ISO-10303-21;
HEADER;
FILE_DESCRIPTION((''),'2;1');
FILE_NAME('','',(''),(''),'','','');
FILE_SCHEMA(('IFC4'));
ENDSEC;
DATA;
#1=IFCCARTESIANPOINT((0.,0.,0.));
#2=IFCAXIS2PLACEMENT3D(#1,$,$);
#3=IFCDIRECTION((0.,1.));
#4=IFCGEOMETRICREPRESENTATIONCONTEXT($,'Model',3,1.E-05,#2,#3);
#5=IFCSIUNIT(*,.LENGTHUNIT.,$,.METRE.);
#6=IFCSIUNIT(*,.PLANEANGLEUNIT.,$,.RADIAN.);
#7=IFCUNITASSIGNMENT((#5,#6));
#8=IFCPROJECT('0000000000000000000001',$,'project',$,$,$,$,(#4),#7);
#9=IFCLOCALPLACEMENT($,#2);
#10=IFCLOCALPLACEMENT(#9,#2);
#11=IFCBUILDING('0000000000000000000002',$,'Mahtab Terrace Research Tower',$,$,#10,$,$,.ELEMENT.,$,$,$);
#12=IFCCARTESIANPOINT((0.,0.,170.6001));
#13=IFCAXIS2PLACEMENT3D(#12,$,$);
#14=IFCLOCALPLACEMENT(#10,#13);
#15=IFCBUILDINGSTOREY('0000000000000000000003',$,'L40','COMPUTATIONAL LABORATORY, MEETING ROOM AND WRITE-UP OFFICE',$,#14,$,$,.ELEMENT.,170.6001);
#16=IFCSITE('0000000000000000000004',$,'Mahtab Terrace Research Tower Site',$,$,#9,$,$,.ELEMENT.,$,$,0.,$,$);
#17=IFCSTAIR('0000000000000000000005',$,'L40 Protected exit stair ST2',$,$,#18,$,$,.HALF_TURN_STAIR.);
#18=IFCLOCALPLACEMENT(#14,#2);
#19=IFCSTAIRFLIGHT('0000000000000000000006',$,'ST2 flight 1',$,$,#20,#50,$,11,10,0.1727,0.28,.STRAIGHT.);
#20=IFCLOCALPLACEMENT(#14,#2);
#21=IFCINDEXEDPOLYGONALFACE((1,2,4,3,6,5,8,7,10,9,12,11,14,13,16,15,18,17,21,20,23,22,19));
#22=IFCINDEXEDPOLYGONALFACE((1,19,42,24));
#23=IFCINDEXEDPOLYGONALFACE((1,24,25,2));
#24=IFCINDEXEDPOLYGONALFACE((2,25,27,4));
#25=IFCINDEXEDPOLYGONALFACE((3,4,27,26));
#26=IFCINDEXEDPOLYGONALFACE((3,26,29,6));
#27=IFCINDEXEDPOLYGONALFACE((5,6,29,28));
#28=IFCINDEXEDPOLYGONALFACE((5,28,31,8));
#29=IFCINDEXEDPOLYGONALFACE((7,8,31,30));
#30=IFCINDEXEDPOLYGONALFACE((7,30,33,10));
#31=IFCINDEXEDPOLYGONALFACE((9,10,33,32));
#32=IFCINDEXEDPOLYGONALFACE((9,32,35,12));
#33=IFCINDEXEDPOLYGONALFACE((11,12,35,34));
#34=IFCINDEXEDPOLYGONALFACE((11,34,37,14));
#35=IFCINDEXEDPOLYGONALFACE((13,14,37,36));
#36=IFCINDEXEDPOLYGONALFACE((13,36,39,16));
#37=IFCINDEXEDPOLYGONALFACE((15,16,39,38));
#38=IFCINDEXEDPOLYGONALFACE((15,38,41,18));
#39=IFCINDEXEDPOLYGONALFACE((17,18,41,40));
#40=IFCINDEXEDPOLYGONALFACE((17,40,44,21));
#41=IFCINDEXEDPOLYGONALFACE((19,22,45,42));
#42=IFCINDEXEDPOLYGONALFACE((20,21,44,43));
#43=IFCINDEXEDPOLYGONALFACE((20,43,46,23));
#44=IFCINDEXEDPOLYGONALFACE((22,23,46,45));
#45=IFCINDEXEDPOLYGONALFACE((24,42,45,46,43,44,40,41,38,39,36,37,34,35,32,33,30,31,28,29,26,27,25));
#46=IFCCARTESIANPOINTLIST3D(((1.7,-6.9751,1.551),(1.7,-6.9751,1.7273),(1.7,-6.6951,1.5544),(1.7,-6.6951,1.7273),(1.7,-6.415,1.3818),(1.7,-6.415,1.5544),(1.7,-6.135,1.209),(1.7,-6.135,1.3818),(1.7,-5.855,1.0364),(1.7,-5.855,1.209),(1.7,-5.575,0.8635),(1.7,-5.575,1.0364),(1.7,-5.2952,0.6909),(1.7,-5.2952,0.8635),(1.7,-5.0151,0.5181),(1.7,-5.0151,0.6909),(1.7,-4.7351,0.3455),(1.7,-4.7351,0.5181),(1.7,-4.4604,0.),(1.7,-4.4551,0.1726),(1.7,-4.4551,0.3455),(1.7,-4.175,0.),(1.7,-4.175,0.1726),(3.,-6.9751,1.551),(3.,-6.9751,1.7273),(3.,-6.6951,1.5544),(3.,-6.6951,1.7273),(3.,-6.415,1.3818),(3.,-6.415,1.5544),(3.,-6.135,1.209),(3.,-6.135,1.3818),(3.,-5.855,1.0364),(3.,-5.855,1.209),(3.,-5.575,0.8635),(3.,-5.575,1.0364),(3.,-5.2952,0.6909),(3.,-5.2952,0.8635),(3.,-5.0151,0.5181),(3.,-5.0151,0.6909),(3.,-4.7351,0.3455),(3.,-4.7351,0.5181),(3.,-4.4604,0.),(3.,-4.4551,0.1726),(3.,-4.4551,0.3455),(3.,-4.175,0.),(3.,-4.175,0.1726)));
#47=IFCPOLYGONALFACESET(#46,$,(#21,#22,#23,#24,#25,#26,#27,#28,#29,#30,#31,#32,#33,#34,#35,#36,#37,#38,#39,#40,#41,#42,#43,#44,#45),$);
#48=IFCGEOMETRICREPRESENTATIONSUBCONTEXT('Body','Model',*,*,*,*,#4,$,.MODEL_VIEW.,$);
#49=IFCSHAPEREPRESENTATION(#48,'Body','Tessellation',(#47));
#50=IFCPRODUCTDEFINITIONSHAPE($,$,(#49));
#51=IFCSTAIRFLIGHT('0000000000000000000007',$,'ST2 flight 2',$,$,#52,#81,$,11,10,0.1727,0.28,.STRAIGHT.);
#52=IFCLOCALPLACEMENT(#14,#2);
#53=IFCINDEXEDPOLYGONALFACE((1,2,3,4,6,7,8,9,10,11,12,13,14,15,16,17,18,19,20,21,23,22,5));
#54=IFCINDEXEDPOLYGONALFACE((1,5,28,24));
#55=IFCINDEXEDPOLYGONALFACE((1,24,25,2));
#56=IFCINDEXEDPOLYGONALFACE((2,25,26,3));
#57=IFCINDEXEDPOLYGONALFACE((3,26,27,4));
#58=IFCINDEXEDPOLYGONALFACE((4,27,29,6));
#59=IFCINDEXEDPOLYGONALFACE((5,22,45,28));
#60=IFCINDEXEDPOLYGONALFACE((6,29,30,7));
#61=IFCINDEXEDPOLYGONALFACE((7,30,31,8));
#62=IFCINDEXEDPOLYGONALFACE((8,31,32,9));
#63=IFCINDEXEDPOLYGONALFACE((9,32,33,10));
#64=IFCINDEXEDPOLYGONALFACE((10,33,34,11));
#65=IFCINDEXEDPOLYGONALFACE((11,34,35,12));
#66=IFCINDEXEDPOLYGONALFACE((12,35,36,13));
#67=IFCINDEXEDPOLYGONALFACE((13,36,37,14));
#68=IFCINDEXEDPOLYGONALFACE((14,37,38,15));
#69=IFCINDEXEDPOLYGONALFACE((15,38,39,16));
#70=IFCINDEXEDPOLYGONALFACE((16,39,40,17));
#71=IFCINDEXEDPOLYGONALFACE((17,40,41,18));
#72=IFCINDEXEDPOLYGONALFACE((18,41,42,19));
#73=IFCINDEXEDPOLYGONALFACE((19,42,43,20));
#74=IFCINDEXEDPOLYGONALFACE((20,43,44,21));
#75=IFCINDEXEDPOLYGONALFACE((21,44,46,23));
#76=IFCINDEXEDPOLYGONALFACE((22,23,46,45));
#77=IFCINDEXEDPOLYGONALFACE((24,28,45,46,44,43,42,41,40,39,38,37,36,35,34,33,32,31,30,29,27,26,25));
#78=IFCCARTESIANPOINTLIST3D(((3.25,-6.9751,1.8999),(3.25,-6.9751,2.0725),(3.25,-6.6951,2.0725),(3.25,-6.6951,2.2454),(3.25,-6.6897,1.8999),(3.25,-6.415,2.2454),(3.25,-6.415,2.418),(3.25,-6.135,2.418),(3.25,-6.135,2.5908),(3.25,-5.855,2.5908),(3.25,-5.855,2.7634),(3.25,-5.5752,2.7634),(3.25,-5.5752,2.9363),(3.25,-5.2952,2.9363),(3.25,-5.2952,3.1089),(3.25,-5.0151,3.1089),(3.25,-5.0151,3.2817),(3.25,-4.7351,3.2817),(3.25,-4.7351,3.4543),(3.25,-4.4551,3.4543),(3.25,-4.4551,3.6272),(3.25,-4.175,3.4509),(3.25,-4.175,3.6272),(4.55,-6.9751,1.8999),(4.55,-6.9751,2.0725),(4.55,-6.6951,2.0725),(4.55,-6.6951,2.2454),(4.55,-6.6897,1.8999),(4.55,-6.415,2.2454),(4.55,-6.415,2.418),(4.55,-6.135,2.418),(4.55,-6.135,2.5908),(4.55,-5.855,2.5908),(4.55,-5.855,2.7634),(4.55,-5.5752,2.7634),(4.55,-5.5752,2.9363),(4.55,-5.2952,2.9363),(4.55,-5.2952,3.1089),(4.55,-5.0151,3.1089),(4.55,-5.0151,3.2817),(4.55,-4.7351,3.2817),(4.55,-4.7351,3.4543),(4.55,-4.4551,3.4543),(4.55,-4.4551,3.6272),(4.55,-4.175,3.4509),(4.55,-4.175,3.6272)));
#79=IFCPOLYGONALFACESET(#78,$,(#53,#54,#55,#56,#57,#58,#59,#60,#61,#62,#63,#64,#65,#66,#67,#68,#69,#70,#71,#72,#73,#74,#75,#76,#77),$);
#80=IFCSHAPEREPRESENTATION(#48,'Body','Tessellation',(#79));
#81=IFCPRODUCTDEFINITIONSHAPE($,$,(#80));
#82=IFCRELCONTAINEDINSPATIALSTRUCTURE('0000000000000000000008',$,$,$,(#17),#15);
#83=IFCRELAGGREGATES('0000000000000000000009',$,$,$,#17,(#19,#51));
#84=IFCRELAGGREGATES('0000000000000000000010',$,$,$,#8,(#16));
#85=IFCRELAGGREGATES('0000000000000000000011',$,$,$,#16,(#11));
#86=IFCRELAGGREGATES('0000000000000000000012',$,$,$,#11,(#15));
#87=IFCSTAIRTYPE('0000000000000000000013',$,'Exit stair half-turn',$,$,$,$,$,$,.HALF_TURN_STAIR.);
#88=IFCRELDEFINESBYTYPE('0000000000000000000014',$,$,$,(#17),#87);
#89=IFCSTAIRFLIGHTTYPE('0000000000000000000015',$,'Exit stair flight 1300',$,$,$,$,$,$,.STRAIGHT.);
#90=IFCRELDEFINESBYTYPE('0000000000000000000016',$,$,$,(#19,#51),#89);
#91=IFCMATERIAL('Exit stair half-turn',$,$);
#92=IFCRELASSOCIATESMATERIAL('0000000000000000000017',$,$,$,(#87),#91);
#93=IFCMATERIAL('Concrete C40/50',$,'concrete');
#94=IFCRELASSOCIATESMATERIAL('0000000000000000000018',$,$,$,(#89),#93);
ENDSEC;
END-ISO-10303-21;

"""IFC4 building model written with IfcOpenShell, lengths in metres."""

from ifc_helpers import new_model, si_unit, direction, frame, origin, place, context, subcontext, project, spatial, polyline, outline, extrude, material, type_object, element, aggregate, save


model = new_model("IFC4")

# Units and contexts
model_context = context("Model", 3, precision=1e-05, world=origin(), true_north=direction((0.0, 1.0)))
body_context = subcontext(model_context, "Body", "Model", "MODEL_VIEW")
ifc_project = project(units=[si_unit("LENGTHUNIT", "METRE"), si_unit("PLANEANGLEUNIT", "RADIAN")], contexts=[model_context])

# Site, building, storey
site_placement = place(None, origin())
site = spatial("IfcSite", under=ifc_project, at=site_placement, Name="Mahtab Terrace Research Tower Site", CompositionType="ELEMENT", RefElevation=0.0)
building_placement = place(site_placement, origin())
building = spatial("IfcBuilding", under=site, at=building_placement, Name="Mahtab Terrace Research Tower", CompositionType="ELEMENT")
storey_placement = place(building_placement, frame((0.0, 0.0, 170.6001)))
storey = spatial("IfcBuildingStorey", under=building, at=storey_placement, Name="L40", Description="COMPUTATIONAL LABORATORY, MEETING ROOM AND WRITE-UP OFFICE", CompositionType="ELEMENT", Elevation=170.6001)

# Stair, stair flights
ifc_material_1 = material(Name="Exit stair half-turn")
stair_type = type_object("IfcStairType", Name="Exit stair half-turn", PredefinedType="HALF_TURN_STAIR", material=ifc_material_1)
stair_placement = place(storey_placement, origin())
stair = element("IfcStair", 1, at=stair_placement, inside=storey, type_object=stair_type, Name="L40 Protected exit stair ST2", PredefinedType="HALF_TURN_STAIR")
ifc_material_2 = material(Name="Concrete C40/50", Category="concrete")
stair_flight_type = type_object("IfcStairFlightType", Name="Exit stair flight 1300", PredefinedType="STRAIGHT", material=ifc_material_2)
stair_flight_1_placement = place(storey_placement, frame((2.3501, -4.175, 0.0), z_axis=(0.0, 0.0, 1.0), x_axis=(0.0, -1.0, 0.0)))
stair_flight_1 = element("IfcStairFlight", 2, at=stair_flight_1_placement, type_object=stair_flight_type, Name="ST2 flight 1", NumberOfRisers=11, NumberOfTreads=10, PredefinedType="STRAIGHT", RiserHeight=0.1727, TreadLength=0.28, context=body_context, shape_type="SweptSolid", body=[
    extrude(outline(polyline([(0.0, 0.0), (0.0, 0.1726), (0.28, 0.1726), (0.28, 0.3455), (0.5601, 0.3455), (0.5601, 0.5181), (0.8401, 0.5181), (0.8401, 0.6909), (1.1201, 0.6909), (1.1201, 0.8635), (1.3999, 0.8635), (1.3999, 1.0364), (1.6799, 1.0364), (1.6799, 1.209), (1.96, 1.209), (1.96, 1.3818), (2.24, 1.3818), (2.24, 1.5544), (2.52, 1.5544), (2.52, 1.7273), (2.8, 1.7273), (2.8, 1.8999), (2.8, 1.551), (0.2854, 0.0), (0.0, 0.0)])), frame((0.0, 0.6499, 0.0), z_axis=(0.0, -1.0, 0.0), x_axis=(1.0, 0.0, 0.0)), (0.0, 0.0, 1.0), 1.3),
])
stair_flight_2_placement = place(storey_placement, frame((3.8999, -6.9751, 1.8999), z_axis=(0.0, 0.0, 1.0), x_axis=(0.0, 1.0, 0.0)))
stair_flight_2 = element("IfcStairFlight", 3, at=stair_flight_2_placement, type_object=stair_flight_type, Name="ST2 flight 2", NumberOfRisers=11, NumberOfTreads=10, PredefinedType="STRAIGHT", RiserHeight=0.1727, TreadLength=0.28, context=body_context, shape_type="SweptSolid", body=[
    extrude(outline(polyline([(0.0, 0.0), (0.0, 0.1726), (0.28, 0.1726), (0.28, 0.3455), (0.5601, 0.3455), (0.5601, 0.5181), (0.8401, 0.5181), (0.8401, 0.6909), (1.1201, 0.6909), (1.1201, 0.8635), (1.3999, 0.8635), (1.3999, 1.0364), (1.6799, 1.0364), (1.6799, 1.209), (1.96, 1.209), (1.96, 1.3818), (2.24, 1.3818), (2.24, 1.5544), (2.52, 1.5544), (2.52, 1.7273), (2.8, 1.7273), (2.8, 1.8999), (2.8, 1.551), (0.2854, 0.0), (0.0, 0.0)])), frame((0.0, 0.6499, 0.0), z_axis=(0.0, -1.0, 0.0), x_axis=(1.0, 0.0, 0.0)), (0.0, 0.0, 1.0), 1.3),
])
aggregate(stair, [stair_flight_1, stair_flight_2])

save(model, "model.ifc")
